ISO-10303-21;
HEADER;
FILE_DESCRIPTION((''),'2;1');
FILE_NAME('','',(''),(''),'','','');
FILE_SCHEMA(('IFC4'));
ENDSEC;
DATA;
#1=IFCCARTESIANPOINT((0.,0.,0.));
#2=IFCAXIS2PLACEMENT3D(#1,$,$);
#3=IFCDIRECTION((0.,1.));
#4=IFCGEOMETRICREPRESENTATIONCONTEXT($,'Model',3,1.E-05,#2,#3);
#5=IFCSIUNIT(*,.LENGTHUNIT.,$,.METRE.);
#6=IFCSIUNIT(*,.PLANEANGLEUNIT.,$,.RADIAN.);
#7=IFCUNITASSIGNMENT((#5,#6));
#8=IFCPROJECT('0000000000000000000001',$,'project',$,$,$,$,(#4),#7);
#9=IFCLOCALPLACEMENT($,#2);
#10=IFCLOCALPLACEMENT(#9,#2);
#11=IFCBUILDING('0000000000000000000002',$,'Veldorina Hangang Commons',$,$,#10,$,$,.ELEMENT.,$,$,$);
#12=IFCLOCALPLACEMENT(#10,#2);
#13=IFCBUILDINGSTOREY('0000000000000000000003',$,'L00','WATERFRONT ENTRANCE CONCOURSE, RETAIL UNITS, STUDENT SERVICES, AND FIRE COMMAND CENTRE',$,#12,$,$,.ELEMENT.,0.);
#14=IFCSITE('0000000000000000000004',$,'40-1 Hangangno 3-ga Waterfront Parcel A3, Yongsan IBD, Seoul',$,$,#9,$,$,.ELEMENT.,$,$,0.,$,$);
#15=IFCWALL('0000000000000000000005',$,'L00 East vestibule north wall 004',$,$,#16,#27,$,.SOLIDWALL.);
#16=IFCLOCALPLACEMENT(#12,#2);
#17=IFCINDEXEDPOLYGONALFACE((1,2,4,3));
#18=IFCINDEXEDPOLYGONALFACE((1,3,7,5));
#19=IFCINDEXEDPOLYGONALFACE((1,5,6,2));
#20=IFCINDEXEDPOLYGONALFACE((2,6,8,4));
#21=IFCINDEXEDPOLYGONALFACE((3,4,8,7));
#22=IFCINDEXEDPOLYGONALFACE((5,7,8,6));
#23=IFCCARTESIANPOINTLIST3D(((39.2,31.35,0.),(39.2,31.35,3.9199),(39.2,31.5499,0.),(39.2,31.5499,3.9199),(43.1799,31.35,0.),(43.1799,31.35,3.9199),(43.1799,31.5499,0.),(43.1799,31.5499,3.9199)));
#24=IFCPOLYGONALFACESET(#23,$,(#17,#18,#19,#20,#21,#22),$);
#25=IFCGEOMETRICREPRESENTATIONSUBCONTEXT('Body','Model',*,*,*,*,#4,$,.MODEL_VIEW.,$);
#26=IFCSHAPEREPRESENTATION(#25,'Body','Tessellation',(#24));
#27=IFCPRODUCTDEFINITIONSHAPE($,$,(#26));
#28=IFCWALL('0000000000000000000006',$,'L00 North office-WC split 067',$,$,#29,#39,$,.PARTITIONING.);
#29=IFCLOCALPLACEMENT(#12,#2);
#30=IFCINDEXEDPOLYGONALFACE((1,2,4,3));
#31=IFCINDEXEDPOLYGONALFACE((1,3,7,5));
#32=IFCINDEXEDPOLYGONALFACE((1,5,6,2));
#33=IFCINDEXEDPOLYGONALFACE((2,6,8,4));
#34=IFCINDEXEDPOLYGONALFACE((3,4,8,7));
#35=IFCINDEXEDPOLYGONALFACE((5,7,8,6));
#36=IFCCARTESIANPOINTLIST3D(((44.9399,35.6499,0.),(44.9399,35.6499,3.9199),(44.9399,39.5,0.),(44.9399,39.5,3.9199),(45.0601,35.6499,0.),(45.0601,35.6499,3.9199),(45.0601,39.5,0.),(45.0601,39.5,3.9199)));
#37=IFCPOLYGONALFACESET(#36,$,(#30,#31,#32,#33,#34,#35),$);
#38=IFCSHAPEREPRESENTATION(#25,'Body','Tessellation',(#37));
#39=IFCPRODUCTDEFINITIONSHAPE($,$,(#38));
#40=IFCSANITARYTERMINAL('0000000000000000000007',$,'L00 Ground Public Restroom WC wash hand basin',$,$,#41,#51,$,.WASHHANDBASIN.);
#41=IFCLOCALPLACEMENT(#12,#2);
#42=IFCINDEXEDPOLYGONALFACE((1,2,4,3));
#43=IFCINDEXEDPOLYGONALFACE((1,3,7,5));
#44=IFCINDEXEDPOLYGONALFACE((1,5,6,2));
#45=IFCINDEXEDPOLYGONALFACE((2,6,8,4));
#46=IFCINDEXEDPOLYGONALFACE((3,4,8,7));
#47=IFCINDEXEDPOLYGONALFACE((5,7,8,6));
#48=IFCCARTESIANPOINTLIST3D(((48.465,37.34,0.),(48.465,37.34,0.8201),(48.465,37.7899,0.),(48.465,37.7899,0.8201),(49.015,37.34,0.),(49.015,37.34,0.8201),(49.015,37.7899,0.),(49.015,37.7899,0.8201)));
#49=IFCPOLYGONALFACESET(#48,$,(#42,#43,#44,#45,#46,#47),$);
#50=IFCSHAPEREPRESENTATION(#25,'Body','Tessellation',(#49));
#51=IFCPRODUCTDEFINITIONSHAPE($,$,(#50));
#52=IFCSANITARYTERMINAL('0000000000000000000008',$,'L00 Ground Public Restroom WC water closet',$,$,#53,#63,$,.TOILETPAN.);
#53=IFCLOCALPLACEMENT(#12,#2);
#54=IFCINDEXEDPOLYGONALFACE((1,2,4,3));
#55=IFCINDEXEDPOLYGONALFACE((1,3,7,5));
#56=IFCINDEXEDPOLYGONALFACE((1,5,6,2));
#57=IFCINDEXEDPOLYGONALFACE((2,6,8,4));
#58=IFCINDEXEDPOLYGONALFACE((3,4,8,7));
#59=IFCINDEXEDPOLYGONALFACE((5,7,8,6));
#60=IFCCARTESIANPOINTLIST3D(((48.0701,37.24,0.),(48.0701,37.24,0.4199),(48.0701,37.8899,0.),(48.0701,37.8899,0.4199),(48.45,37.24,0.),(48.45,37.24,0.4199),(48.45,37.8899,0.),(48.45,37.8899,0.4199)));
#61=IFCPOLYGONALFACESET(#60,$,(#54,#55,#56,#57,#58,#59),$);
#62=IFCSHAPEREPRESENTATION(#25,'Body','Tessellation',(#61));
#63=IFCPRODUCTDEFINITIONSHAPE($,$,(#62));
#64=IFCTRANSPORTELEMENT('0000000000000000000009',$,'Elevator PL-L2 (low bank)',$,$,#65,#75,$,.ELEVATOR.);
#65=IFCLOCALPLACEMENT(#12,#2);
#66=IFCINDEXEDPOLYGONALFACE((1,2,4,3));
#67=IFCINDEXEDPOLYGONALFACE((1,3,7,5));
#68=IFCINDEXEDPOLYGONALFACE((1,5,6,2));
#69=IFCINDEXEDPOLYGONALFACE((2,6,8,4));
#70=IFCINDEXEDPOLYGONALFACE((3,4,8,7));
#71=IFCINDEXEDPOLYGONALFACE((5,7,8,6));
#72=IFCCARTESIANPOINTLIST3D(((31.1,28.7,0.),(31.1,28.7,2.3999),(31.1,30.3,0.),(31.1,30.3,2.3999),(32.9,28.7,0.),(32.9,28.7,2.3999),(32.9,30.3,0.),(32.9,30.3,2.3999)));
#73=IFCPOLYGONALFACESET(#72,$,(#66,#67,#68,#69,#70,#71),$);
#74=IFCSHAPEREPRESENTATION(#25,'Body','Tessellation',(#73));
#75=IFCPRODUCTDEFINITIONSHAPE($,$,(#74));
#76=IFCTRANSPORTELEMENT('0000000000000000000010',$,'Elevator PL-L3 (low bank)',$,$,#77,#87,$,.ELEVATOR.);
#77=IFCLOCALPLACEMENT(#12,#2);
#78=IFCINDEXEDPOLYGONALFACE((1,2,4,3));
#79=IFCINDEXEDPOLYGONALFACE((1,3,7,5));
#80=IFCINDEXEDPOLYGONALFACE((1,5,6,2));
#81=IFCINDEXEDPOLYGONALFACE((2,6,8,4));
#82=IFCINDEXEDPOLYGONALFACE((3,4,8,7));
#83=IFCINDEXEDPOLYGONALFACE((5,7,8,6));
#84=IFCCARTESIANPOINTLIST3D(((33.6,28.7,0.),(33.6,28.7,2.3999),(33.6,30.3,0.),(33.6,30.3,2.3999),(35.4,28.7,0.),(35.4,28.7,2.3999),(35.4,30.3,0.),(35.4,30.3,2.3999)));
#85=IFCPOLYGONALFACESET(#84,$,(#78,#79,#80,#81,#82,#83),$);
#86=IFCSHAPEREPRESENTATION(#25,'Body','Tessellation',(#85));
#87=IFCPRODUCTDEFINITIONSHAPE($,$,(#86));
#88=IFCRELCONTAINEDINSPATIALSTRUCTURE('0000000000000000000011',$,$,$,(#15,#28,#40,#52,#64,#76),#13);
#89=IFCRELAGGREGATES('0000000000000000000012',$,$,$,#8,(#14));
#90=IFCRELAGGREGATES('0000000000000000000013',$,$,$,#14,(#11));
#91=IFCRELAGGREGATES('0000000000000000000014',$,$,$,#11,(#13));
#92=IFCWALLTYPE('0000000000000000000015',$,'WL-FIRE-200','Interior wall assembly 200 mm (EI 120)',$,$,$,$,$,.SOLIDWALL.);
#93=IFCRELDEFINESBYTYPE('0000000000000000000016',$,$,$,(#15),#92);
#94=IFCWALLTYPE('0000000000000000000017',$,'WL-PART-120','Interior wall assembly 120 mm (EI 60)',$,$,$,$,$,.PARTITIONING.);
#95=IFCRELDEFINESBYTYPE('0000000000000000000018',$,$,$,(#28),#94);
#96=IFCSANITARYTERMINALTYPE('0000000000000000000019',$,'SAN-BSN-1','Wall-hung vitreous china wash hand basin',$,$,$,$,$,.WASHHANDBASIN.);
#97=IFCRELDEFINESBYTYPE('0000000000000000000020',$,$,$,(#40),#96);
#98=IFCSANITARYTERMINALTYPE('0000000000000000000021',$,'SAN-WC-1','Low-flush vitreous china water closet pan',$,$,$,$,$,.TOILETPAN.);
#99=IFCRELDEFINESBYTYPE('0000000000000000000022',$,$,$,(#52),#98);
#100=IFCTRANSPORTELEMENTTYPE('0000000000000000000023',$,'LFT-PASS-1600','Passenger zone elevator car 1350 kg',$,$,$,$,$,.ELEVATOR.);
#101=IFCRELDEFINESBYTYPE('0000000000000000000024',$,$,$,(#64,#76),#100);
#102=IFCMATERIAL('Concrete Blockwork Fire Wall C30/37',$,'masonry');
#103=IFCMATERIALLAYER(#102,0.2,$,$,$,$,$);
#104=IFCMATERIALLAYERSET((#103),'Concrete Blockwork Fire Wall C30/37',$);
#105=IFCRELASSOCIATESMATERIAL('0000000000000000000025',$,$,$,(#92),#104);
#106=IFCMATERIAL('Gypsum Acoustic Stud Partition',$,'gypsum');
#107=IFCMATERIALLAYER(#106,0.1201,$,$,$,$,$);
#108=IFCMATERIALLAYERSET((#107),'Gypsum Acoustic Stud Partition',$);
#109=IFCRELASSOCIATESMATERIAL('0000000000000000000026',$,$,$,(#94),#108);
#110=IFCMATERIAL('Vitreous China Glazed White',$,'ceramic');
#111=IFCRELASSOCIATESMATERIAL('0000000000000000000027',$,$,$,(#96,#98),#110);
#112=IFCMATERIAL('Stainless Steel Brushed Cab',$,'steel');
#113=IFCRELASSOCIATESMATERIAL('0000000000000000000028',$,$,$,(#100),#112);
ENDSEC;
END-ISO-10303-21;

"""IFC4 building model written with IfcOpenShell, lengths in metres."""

from ifc_helpers import new_model, si_unit, direction, frame, frame_2d, origin, origin_2d, place, context, subcontext, project, spatial, rectangle, extrude, material, layer, layer_set, type_object, element, save


model = new_model("IFC4")

# Units and contexts
model_context = context("Model", 3, precision=1e-05, world=origin(), true_north=direction((0.0, 1.0)))
body_context = subcontext(model_context, "Body", "Model", "MODEL_VIEW")
ifc_project = project(units=[si_unit("LENGTHUNIT", "METRE"), si_unit("PLANEANGLEUNIT", "RADIAN")], contexts=[model_context])

# Site, building, storey
site_placement = place(None, origin())
site = spatial("IfcSite", under=ifc_project, at=site_placement, Name="40-1 Hangangno 3-ga Waterfront Parcel A3, Yongsan IBD, Seoul", CompositionType="ELEMENT", RefElevation=0.0)
building_placement = place(site_placement, origin())
building = spatial("IfcBuilding", under=site, at=building_placement, Name="Veldorina Hangang Commons", CompositionType="ELEMENT")
storey_placement = place(building_placement, origin())
storey = spatial("IfcBuildingStorey", under=building, at=storey_placement, Name="L00", Description="WATERFRONT ENTRANCE CONCOURSE, RETAIL UNITS, STUDENT SERVICES, AND FIRE COMMAND CENTRE", CompositionType="ELEMENT", Elevation=0.0)

# Shared definitions
ifc_material_1 = material(Name="Concrete Blockwork Fire Wall C30/37", Category="masonry")
ifc_layer_1 = layer(ifc_material_1, 0.2)
ifc_layer_set_1 = layer_set([ifc_layer_1], Name="Concrete Blockwork Fire Wall C30/37")
wall_type_1 = type_object("IfcWallType", Name="WL-FIRE-200", Description="Interior wall assembly 200 mm (EI 120)", PredefinedType="SOLIDWALL", material=ifc_layer_set_1)

# Walls
wall_1_placement = place(storey_placement, frame((39.2, 31.45, 0.0), z_axis=(0.0, 0.0, 1.0), x_axis=(1.0, 0.0, 0.0)))
element("IfcWall", 1, at=wall_1_placement, inside=storey, type_object=wall_type_1, Name="L00 East vestibule north wall 004", PredefinedType="SOLIDWALL", context=body_context, shape_type="SweptSolid", body=[
    extrude(rectangle(XDim=3.98, YDim=0.2, at=frame_2d((1.99, 0.0))), origin(), (0.0, 0.0, 1.0), 3.9199),
])
ifc_material_2 = material(Name="Gypsum Acoustic Stud Partition", Category="gypsum")
ifc_layer_2 = layer(ifc_material_2, 0.1201)
ifc_layer_set_2 = layer_set([ifc_layer_2], Name="Gypsum Acoustic Stud Partition")
wall_type_2 = type_object("IfcWallType", Name="WL-PART-120", Description="Interior wall assembly 120 mm (EI 60)", PredefinedType="PARTITIONING", material=ifc_layer_set_2)
wall_2_placement = place(storey_placement, frame((45.0, 35.6499, 0.0), z_axis=(0.0, 0.0, 1.0), x_axis=(0.0, 1.0, 0.0)))
element("IfcWall", 2, at=wall_2_placement, inside=storey, type_object=wall_type_2, Name="L00 North office-WC split 067", PredefinedType="PARTITIONING", context=body_context, shape_type="SweptSolid", body=[
    extrude(rectangle(XDim=3.8501, YDim=0.1201, at=frame_2d((1.925, 0.0))), origin(), (0.0, 0.0, 1.0), 3.9199),
])

# Sanitary terminals
ifc_material_3 = material(Name="Vitreous China Glazed White", Category="ceramic")
sanitary_terminal_type_1 = type_object("IfcSanitaryTerminalType", Name="SAN-BSN-1", Description="Wall-hung vitreous china wash hand basin", PredefinedType="WASHHANDBASIN", material=ifc_material_3)
sanitary_terminal_1_placement = place(storey_placement, frame((48.74, 37.5649, 0.0), z_axis=(0.0, 0.0, 1.0), x_axis=(1.0, 0.0, 0.0)))
element("IfcSanitaryTerminal", 3, at=sanitary_terminal_1_placement, inside=storey, type_object=sanitary_terminal_type_1, Name="L00 Ground Public Restroom WC wash hand basin", PredefinedType="WASHHANDBASIN", context=body_context, shape_type="SweptSolid", body=[
    extrude(rectangle(XDim=0.55, YDim=0.45, at=origin_2d()), origin(), (0.0, 0.0, 1.0), 0.8201),
])
sanitary_terminal_type_2 = type_object("IfcSanitaryTerminalType", Name="SAN-WC-1", Description="Low-flush vitreous china water closet pan", PredefinedType="TOILETPAN", material=ifc_material_3)
sanitary_terminal_2_placement = place(storey_placement, frame((48.26, 37.5649, 0.0), z_axis=(0.0, 0.0, 1.0), x_axis=(1.0, 0.0, 0.0)))
element("IfcSanitaryTerminal", 4, at=sanitary_terminal_2_placement, inside=storey, type_object=sanitary_terminal_type_2, Name="L00 Ground Public Restroom WC water closet", PredefinedType="TOILETPAN", context=body_context, shape_type="SweptSolid", body=[
    extrude(rectangle(XDim=0.3799, YDim=0.6499, at=origin_2d()), origin(), (0.0, 0.0, 1.0), 0.4199),
])

# Transport elements
ifc_material_4 = material(Name="Stainless Steel Brushed Cab", Category="steel")
transport_element_type = type_object("IfcTransportElementType", Name="LFT-PASS-1600", Description="Passenger zone elevator car 1350 kg", PredefinedType="ELEVATOR", material=ifc_material_4)
for number, where, z_axis, x_axis, name in (
    (5, (32.0, 29.5, 0.0), (0.0, 0.0, 1.0), (1.0, 0.0, 0.0), "Elevator PL-L2 (low bank)"),
    (6, (34.5, 29.5, 0.0), (0.0, 0.0, 1.0), (1.0, 0.0, 0.0), "Elevator PL-L3 (low bank)"),
):
    element("IfcTransportElement", number, at=place(storey_placement, frame(where, z_axis=z_axis, x_axis=x_axis)), inside=storey, type_object=transport_element_type, Name=name, PredefinedType="ELEVATOR", context=body_context, shape_type="SweptSolid", body=[
        extrude(rectangle(XDim=1.8, YDim=1.6001, at=origin_2d()), origin(), (0.0, 0.0, 1.0), 2.3999),
    ])

save(model, "model.ifc")
